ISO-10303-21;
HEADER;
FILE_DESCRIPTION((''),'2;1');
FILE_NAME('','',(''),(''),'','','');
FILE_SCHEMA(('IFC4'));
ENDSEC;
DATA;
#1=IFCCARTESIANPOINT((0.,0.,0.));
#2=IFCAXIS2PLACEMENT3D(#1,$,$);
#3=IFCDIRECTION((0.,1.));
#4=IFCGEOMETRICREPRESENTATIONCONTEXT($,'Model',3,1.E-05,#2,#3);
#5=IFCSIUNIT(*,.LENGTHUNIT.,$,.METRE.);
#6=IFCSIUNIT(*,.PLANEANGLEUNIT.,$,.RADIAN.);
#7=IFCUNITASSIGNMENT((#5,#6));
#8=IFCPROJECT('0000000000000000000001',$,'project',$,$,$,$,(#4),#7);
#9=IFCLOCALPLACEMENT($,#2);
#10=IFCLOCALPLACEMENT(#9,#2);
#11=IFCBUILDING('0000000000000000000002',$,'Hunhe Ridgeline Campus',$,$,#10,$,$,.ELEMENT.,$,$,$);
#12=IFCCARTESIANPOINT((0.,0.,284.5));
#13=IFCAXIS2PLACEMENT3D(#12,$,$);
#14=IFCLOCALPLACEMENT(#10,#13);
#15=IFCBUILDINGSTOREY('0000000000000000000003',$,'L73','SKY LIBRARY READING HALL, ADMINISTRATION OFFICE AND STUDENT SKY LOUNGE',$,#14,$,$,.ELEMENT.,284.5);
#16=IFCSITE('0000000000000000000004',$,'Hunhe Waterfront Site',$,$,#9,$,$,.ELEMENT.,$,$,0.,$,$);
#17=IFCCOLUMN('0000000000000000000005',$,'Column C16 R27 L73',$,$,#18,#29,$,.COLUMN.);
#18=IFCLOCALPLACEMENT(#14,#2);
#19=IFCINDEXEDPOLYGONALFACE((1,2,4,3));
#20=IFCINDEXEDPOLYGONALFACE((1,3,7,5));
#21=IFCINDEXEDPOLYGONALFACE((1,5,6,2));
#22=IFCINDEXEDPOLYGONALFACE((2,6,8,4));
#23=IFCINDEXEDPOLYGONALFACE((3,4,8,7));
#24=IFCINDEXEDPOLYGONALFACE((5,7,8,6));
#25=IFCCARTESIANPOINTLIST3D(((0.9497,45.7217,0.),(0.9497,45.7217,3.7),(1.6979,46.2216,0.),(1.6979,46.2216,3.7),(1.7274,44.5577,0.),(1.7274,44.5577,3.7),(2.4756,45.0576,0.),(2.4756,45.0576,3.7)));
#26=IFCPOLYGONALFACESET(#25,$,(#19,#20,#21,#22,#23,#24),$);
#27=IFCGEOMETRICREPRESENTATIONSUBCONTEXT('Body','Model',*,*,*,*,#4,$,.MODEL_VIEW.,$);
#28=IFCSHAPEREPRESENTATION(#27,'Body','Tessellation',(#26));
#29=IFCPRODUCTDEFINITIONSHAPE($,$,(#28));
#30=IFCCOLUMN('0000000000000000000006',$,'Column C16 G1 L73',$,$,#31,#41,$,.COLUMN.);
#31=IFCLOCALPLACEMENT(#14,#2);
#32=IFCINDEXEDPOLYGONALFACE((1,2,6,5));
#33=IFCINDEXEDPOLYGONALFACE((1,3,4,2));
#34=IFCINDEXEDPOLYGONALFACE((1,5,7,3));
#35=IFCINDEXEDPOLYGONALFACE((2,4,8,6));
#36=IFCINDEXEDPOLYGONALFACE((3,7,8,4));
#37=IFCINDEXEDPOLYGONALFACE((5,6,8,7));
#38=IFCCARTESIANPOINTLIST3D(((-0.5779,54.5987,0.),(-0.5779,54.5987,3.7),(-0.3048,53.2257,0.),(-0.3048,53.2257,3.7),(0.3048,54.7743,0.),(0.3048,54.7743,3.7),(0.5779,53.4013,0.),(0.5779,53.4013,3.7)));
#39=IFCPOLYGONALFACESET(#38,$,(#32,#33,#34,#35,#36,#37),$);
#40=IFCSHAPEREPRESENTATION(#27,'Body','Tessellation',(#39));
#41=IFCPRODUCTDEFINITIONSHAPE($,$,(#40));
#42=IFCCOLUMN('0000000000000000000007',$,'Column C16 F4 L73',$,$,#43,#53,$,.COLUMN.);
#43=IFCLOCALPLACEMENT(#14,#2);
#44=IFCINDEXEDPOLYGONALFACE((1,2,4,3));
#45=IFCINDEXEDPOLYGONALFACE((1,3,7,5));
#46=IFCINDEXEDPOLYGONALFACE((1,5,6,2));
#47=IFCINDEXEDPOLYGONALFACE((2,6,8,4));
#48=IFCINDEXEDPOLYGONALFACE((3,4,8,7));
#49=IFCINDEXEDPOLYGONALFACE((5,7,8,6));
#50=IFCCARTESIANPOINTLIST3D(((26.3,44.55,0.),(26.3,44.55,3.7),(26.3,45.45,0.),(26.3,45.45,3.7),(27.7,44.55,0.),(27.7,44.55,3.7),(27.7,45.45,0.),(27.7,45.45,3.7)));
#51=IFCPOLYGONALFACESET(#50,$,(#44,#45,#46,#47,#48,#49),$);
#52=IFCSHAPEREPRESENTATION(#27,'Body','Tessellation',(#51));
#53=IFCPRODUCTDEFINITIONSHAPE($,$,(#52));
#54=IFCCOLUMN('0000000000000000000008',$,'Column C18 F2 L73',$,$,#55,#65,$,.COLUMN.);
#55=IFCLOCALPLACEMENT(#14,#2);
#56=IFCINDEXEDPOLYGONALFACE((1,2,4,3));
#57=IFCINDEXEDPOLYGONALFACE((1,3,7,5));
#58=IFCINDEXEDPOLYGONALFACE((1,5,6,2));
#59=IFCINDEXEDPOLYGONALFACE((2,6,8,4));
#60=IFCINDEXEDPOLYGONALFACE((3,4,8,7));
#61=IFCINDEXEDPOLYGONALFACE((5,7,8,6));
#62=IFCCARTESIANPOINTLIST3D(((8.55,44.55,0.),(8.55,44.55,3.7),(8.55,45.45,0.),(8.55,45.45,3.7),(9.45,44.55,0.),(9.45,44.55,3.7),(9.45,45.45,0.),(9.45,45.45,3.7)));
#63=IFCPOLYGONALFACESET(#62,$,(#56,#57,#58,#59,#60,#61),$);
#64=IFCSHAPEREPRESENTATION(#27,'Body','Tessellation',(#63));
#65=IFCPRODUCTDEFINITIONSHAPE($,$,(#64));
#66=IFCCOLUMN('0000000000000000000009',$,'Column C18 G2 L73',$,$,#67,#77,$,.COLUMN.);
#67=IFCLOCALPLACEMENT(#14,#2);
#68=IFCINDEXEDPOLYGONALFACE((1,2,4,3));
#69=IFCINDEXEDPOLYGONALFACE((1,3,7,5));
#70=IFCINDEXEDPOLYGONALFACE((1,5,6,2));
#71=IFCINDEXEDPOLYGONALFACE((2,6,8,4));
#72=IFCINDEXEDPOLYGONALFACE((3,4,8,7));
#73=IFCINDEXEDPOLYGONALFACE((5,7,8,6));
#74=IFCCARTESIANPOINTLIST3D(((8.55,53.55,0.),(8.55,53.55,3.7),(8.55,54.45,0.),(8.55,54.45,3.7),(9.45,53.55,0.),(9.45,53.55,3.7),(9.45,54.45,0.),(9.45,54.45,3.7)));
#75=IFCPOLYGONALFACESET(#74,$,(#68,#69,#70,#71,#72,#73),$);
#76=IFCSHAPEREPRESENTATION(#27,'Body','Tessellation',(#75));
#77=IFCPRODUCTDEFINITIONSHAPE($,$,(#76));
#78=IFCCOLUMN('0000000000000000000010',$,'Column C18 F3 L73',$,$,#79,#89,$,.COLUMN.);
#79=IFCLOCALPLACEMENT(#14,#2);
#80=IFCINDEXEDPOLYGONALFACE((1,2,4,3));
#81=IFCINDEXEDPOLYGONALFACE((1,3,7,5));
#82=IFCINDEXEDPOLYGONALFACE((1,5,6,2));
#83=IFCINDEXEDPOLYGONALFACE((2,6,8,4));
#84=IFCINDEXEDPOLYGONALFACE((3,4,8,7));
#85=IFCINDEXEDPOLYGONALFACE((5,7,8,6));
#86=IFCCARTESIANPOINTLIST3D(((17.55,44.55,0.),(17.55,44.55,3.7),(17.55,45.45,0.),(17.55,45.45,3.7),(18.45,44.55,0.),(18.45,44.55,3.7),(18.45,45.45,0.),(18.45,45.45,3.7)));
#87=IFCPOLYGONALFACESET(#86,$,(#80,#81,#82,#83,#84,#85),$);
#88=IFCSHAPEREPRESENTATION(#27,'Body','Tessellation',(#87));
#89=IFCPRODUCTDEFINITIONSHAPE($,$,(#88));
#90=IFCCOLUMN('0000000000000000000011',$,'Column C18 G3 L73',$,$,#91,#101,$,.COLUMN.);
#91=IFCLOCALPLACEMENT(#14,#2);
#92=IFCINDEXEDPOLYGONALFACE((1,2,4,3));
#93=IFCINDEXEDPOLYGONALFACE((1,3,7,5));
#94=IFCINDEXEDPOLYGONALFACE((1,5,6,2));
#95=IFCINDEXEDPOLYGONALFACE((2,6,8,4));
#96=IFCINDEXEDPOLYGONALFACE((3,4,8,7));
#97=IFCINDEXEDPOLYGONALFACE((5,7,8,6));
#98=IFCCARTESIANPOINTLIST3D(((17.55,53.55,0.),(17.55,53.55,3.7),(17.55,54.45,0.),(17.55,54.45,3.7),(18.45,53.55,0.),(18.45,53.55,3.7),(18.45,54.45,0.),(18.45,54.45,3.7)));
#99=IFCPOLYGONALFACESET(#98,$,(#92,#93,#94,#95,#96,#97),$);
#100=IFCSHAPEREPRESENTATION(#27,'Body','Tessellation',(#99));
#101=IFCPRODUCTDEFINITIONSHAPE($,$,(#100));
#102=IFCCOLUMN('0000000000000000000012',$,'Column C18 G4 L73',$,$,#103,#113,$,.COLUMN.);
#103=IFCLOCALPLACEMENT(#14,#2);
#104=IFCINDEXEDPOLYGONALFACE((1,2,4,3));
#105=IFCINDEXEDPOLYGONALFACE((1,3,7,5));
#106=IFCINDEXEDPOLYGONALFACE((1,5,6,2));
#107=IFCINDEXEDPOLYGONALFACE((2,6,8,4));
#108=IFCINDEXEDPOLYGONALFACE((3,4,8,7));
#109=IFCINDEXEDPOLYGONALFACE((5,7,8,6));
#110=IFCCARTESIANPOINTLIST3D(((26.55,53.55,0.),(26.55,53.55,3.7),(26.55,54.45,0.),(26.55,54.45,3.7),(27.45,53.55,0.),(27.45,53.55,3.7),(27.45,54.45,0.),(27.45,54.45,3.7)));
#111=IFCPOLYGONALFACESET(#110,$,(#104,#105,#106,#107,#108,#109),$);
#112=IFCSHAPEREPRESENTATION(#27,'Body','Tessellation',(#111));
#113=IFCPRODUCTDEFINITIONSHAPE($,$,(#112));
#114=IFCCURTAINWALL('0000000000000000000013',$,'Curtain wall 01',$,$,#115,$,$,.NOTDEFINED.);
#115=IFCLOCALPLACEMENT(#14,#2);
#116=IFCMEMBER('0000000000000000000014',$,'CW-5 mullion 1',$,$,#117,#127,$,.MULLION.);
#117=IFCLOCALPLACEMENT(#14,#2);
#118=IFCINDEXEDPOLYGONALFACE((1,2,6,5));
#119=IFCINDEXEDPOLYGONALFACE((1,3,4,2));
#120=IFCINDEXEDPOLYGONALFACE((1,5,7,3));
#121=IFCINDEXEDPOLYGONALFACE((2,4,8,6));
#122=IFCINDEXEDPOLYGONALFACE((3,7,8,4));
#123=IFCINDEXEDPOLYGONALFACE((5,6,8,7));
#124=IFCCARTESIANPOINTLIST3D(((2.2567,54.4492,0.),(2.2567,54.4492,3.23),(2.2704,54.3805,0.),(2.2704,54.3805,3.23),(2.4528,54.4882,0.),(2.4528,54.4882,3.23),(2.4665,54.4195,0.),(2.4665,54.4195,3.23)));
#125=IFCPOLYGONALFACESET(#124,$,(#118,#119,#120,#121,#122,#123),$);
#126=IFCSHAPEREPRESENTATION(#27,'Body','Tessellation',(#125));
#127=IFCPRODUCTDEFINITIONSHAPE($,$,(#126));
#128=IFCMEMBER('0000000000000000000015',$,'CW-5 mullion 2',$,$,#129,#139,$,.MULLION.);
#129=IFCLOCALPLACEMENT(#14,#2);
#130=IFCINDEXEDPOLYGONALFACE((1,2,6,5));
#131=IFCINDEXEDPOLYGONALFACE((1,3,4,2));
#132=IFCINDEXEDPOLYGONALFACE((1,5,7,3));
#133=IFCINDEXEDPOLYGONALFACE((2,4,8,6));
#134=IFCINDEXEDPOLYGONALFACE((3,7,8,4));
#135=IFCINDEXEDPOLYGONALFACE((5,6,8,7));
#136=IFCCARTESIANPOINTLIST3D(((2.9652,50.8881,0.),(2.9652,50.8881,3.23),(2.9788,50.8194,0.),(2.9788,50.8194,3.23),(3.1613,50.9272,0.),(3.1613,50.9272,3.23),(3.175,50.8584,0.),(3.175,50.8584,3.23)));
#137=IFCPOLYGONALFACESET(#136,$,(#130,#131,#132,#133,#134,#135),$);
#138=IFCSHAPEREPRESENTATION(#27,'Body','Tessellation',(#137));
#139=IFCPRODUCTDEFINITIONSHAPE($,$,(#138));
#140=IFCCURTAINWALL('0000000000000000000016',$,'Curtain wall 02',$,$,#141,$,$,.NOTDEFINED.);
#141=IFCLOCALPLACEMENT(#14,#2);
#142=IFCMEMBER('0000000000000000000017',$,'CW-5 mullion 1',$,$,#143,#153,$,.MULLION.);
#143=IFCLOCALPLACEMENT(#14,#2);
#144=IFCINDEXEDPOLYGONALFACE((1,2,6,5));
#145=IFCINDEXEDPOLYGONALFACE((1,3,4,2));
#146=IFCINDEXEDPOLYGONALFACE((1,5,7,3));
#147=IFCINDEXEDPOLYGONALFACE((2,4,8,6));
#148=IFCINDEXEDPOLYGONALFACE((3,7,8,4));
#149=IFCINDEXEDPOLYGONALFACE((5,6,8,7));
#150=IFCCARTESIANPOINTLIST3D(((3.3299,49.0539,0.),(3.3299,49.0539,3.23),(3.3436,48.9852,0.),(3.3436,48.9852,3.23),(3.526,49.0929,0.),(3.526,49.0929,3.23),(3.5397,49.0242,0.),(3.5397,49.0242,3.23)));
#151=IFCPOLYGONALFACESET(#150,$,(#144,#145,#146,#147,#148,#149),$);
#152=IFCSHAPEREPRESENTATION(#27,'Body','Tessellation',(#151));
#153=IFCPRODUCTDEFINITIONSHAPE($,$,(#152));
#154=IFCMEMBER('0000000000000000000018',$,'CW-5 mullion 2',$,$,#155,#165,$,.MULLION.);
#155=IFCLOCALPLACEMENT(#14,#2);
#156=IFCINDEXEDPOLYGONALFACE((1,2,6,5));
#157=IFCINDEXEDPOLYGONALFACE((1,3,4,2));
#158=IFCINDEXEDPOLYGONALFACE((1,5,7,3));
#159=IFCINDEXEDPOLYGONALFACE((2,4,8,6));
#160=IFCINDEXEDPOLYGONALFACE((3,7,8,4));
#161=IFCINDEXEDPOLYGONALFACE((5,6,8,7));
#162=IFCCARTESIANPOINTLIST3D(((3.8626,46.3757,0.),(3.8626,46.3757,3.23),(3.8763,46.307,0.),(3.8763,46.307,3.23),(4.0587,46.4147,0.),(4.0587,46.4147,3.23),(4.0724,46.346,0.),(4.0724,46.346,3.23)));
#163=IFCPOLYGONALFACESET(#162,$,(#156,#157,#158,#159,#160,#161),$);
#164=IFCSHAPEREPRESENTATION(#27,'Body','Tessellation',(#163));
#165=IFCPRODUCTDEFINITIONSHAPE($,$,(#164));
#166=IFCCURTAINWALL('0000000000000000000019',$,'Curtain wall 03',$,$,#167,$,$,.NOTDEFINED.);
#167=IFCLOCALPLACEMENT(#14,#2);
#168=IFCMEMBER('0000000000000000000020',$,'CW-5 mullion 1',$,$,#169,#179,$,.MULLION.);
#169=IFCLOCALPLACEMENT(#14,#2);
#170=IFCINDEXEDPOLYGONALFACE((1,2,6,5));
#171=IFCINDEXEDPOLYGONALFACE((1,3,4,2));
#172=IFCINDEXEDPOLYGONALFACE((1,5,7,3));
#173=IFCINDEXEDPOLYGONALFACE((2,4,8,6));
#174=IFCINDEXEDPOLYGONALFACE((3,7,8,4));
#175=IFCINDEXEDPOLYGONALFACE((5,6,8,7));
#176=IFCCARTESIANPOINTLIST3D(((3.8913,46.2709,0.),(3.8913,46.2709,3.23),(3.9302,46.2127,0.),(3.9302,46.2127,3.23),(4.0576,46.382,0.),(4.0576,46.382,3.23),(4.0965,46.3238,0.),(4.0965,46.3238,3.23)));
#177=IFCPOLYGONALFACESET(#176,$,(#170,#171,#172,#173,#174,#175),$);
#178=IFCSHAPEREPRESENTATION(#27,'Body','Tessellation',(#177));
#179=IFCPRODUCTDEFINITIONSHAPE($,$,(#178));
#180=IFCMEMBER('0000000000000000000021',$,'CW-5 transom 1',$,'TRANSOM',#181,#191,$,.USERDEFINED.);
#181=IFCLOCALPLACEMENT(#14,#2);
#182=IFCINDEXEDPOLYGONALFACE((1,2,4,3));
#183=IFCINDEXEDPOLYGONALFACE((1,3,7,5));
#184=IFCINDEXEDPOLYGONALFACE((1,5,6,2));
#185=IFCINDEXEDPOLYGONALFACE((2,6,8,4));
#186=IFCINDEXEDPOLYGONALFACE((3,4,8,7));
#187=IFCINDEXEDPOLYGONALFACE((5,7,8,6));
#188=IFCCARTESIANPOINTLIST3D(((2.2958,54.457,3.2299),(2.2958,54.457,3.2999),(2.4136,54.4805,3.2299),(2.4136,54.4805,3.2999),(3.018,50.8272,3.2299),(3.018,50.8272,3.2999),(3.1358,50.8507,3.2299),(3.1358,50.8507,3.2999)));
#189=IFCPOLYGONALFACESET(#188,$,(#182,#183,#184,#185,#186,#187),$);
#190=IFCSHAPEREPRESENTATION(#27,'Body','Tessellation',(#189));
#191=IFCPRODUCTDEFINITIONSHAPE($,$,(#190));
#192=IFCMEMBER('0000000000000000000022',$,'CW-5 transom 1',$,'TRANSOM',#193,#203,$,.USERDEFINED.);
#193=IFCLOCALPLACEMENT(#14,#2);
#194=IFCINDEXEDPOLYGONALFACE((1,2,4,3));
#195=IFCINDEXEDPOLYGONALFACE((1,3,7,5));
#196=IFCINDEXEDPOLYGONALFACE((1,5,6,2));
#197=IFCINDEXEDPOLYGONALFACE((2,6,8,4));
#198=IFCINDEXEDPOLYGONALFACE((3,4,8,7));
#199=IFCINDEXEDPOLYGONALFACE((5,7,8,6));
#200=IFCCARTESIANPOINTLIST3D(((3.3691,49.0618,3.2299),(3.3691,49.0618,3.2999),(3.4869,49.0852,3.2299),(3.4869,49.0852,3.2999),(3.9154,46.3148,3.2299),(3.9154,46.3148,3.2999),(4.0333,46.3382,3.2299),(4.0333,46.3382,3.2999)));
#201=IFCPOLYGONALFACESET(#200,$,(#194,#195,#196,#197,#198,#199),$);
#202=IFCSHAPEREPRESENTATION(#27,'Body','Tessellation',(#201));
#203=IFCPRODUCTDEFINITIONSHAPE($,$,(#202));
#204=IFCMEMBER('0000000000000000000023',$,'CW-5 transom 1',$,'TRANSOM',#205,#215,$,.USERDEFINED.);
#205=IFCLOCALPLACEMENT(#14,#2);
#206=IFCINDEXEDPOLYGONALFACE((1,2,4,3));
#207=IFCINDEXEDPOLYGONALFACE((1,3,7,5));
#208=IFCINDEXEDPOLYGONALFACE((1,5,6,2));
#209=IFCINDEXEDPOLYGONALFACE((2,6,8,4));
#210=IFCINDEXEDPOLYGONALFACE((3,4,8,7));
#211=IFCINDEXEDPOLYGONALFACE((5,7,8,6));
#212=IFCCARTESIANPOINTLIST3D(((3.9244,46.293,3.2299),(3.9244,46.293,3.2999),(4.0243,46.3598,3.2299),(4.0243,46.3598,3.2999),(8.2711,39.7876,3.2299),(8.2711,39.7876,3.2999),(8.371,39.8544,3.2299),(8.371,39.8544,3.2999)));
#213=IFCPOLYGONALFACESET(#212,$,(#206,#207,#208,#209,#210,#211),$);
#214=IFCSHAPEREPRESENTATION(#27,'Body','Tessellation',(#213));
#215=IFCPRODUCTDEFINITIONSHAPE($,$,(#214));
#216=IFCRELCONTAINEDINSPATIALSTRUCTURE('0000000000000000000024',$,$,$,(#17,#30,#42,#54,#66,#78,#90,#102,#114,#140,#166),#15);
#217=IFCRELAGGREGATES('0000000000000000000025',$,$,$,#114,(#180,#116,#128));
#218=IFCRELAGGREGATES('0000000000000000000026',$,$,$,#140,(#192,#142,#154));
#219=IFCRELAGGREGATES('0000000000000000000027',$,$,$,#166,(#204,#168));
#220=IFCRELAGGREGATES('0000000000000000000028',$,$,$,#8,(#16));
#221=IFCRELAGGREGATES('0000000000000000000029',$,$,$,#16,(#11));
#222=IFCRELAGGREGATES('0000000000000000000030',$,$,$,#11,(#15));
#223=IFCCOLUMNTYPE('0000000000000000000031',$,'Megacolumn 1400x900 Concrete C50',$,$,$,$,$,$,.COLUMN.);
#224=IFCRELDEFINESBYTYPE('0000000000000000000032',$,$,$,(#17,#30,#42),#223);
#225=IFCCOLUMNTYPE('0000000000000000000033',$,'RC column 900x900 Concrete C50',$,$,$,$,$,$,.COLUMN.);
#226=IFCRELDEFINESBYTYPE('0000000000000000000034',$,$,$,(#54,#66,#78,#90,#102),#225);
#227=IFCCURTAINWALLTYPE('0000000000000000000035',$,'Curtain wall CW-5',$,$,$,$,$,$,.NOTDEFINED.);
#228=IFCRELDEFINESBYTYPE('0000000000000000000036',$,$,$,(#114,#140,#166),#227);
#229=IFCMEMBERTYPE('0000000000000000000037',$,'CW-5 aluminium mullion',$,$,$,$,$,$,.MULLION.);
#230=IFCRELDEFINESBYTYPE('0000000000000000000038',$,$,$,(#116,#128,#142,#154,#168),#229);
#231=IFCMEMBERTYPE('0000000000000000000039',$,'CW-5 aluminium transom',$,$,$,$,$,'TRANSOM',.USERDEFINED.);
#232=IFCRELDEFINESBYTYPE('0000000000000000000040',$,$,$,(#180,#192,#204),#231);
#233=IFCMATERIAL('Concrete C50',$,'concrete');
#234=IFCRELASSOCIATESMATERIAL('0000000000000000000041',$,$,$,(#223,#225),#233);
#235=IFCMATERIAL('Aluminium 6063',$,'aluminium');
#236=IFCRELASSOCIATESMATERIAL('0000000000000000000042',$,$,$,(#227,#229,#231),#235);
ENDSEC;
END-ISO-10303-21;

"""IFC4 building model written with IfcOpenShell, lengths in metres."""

from ifc_helpers import new_model, si_unit, direction, frame, origin, origin_2d, place, context, subcontext, project, spatial, rectangle, extrude, material, material_profile, profile_set, type_object, element, aggregate, save


model = new_model("IFC4")

# Units and contexts
model_context = context("Model", 3, precision=1e-05, world=origin(), true_north=direction((0.0, 1.0)))
body_context = subcontext(model_context, "Body", "Model", "MODEL_VIEW")
ifc_project = project(units=[si_unit("LENGTHUNIT", "METRE"), si_unit("PLANEANGLEUNIT", "RADIAN")], contexts=[model_context])

# Site, building, storey
site_placement = place(None, origin())
site = spatial("IfcSite", under=ifc_project, at=site_placement, Name="Hunhe Waterfront Site", CompositionType="ELEMENT", RefElevation=0.0)
building_placement = place(site_placement, origin())
building = spatial("IfcBuilding", under=site, at=building_placement, Name="Hunhe Ridgeline Campus", CompositionType="ELEMENT")
storey_placement = place(building_placement, frame((0.0, 0.0, 284.5)))
storey = spatial("IfcBuildingStorey", under=building, at=storey_placement, Name="L73", Description="SKY LIBRARY READING HALL, ADMINISTRATION OFFICE AND STUDENT SKY LOUNGE", CompositionType="ELEMENT", Elevation=284.5)

# Columns
ifc_material_1 = material(Name="Concrete C50", Category="concrete")
ifc_material_profile_1 = material_profile(ifc_material_1, rectangle(XDim=1.3999, YDim=0.8999, at=origin_2d()))
ifc_profile_set_1 = profile_set([ifc_material_profile_1], Name="Concrete C50")
column_type_1 = type_object("IfcColumnType", Name="Megacolumn 1400x900 Concrete C50", PredefinedType="COLUMN", material=ifc_profile_set_1)
for number, where, z_axis, x_axis, name in (
    (1, (1.7126, 45.3896, 0.0), (0.0, 0.0, 1.0), (-0.55557, 0.83147, 0.0), "Column C16 R27 L73"),
    (2, (0.0, 54.0, 0.0), (0.0, 0.0, 1.0), (-0.19509, 0.980785, 0.0), "Column C16 G1 L73"),
    (3, (27.0, 45.0, 0.0), (0.0, 0.0, 1.0), (1.0, 0.0, 0.0), "Column C16 F4 L73"),
):
    element("IfcColumn", number, at=place(storey_placement, frame(where, z_axis=z_axis, x_axis=x_axis)), inside=storey, type_object=column_type_1, Name=name, PredefinedType="COLUMN", context=body_context, shape_type="SweptSolid", body=[
        extrude(rectangle(XDim=1.3999, YDim=0.8999, at=origin_2d()), origin(), (0.0, 0.0, 1.0), 3.7),
    ])
ifc_material_profile_2 = material_profile(ifc_material_1, rectangle(XDim=0.8999, YDim=0.8999, at=origin_2d()))
ifc_profile_set_2 = profile_set([ifc_material_profile_2], Name="Concrete C50")
column_type_2 = type_object("IfcColumnType", Name="RC column 900x900 Concrete C50", PredefinedType="COLUMN", material=ifc_profile_set_2)
for number, where, z_axis, x_axis, name in (
    (4, (9.0, 45.0, 0.0), (0.0, 0.0, 1.0), (1.0, 0.0, 0.0), "Column C18 F2 L73"),
    (5, (9.0, 54.0, 0.0), (0.0, 0.0, 1.0), (1.0, 0.0, 0.0), "Column C18 G2 L73"),
    (6, (18.0, 45.0, 0.0), (0.0, 0.0, 1.0), (1.0, 0.0, 0.0), "Column C18 F3 L73"),
    (7, (18.0, 54.0, 0.0), (0.0, 0.0, 1.0), (1.0, 0.0, 0.0), "Column C18 G3 L73"),
    (8, (27.0, 54.0, 0.0), (0.0, 0.0, 1.0), (1.0, 0.0, 0.0), "Column C18 G4 L73"),
):
    element("IfcColumn", number, at=place(storey_placement, frame(where, z_axis=z_axis, x_axis=x_axis)), inside=storey, type_object=column_type_2, Name=name, PredefinedType="COLUMN", context=body_context, shape_type="SweptSolid", body=[
        extrude(rectangle(XDim=0.8999, YDim=0.8999, at=origin_2d()), origin(), (0.0, 0.0, 1.0), 3.7),
    ])

# Curtain walls, members
ifc_material_2 = material(Name="Aluminium 6063", Category="aluminium")
curtain_wall_type = type_object("IfcCurtainWallType", Name="Curtain wall CW-5", PredefinedType="NOTDEFINED", material=ifc_material_2)
curtain_wall_1_placement = place(storey_placement, origin())
curtain_wall_1 = element("IfcCurtainWall", 9, at=curtain_wall_1_placement, inside=storey, type_object=curtain_wall_type, Name="Curtain wall 01", PredefinedType="NOTDEFINED")
ifc_material_profile_3 = material_profile(ifc_material_2, rectangle(XDim=0.2, YDim=0.0701, at=origin_2d()))
ifc_profile_set_3 = profile_set([ifc_material_profile_3], Name="Aluminium 6063")
member_type_1 = type_object("IfcMemberType", Name="CW-5 aluminium mullion", PredefinedType="MULLION", material=ifc_profile_set_3)
member_1_placement = place(storey_placement, frame((2.3616, 54.4343, 0.0), z_axis=(0.0, 0.0, 1.0), x_axis=(0.980784, 0.195095, 0.0)))
member_1 = element("IfcMember", 10, at=member_1_placement, type_object=member_type_1, Name="CW-5 mullion 1", PredefinedType="MULLION", context=body_context, shape_type="SweptSolid", body=[
    extrude(rectangle(XDim=0.2, YDim=0.0701, at=origin_2d()), origin(), (0.0, 0.0, 1.0), 3.23),
])
member_2_placement = place(storey_placement, frame((3.0701, 50.8733, 0.0), z_axis=(0.0, 0.0, 1.0), x_axis=(0.980784, 0.195095, 0.0)))
member_2 = element("IfcMember", 11, at=member_2_placement, type_object=member_type_1, Name="CW-5 mullion 2", PredefinedType="MULLION", context=body_context, shape_type="SweptSolid", body=[
    extrude(rectangle(XDim=0.2, YDim=0.0701, at=origin_2d()), origin(), (0.0, 0.0, 1.0), 3.23),
])
curtain_wall_2_placement = place(storey_placement, origin())
curtain_wall_2 = element("IfcCurtainWall", 12, at=curtain_wall_2_placement, inside=storey, type_object=curtain_wall_type, Name="Curtain wall 02", PredefinedType="NOTDEFINED")
member_3_placement = place(storey_placement, frame((3.4348, 49.0391, 0.0), z_axis=(0.0, 0.0, 1.0), x_axis=(0.980784, 0.195095, 0.0)))
member_3 = element("IfcMember", 13, at=member_3_placement, type_object=member_type_1, Name="CW-5 mullion 1", PredefinedType="MULLION", context=body_context, shape_type="SweptSolid", body=[
    extrude(rectangle(XDim=0.2, YDim=0.0701, at=origin_2d()), origin(), (0.0, 0.0, 1.0), 3.23),
])
member_4_placement = place(storey_placement, frame((3.9675, 46.3608, 0.0), z_axis=(0.0, 0.0, 1.0), x_axis=(0.980784, 0.195095, 0.0)))
member_4 = element("IfcMember", 14, at=member_4_placement, type_object=member_type_1, Name="CW-5 mullion 2", PredefinedType="MULLION", context=body_context, shape_type="SweptSolid", body=[
    extrude(rectangle(XDim=0.2, YDim=0.0701, at=origin_2d()), origin(), (0.0, 0.0, 1.0), 3.23),
])

# Curtain wall, member
curtain_wall_3_placement = place(storey_placement, origin())
curtain_wall_3 = element("IfcCurtainWall", 15, at=curtain_wall_3_placement, inside=storey, type_object=curtain_wall_type, Name="Curtain wall 03", PredefinedType="NOTDEFINED")
member_5_placement = place(storey_placement, frame((3.9939, 46.2974, 0.0), z_axis=(0.0, 0.0, 1.0), x_axis=(0.83147, 0.55557, 0.0)))
member_5 = element("IfcMember", 16, at=member_5_placement, type_object=member_type_1, Name="CW-5 mullion 1", PredefinedType="MULLION", context=body_context, shape_type="SweptSolid", body=[
    extrude(rectangle(XDim=0.2, YDim=0.0701, at=origin_2d()), origin(), (0.0, 0.0, 1.0), 3.23),
])

# Members
ifc_material_profile_4 = material_profile(ifc_material_2, rectangle(XDim=0.1201, YDim=0.0701, at=origin_2d()))
ifc_profile_set_4 = profile_set([ifc_material_profile_4], Name="Aluminium 6063")
member_type_2 = type_object("IfcMemberType", Name="CW-5 aluminium transom", ElementType="TRANSOM", PredefinedType="USERDEFINED", material=ifc_profile_set_4)
member_6_placement = place(storey_placement, frame((2.3547, 54.4688, 3.2649), z_axis=(0.195127, -0.980778, 0.0), x_axis=(0.980778, 0.195127, 0.0)))
member_6 = element("IfcMember", 17, at=member_6_placement, type_object=member_type_2, Name="CW-5 transom 1", ObjectType="TRANSOM", PredefinedType="USERDEFINED", context=body_context, shape_type="SweptSolid", body=[
    extrude(rectangle(XDim=0.1201, YDim=0.0701, at=origin_2d()), origin(), (0.0, 0.0, 1.0), 3.7009),
])
member_7_placement = place(storey_placement, frame((3.428, 49.0735, 3.2649), z_axis=(0.195077, -0.980788, 0.0), x_axis=(0.980788, 0.195077, 0.0)))
member_7 = element("IfcMember", 18, at=member_7_placement, type_object=member_type_2, Name="CW-5 transom 1", ObjectType="TRANSOM", PredefinedType="USERDEFINED", context=body_context, shape_type="SweptSolid", body=[
    extrude(rectangle(XDim=0.1201, YDim=0.0701, at=origin_2d()), origin(), (0.0, 0.0, 1.0), 2.8008),
])
member_8_placement = place(storey_placement, frame((3.9744, 46.3264, 3.2649), z_axis=(0.555564, -0.831474, 0.0), x_axis=(0.831474, 0.555564, 0.0)))
member_8 = element("IfcMember", 19, at=member_8_placement, type_object=member_type_2, Name="CW-5 transom 1", ObjectType="TRANSOM", PredefinedType="USERDEFINED", context=body_context, shape_type="SweptSolid", body=[
    extrude(rectangle(XDim=0.1201, YDim=0.0701, at=origin_2d()), origin(), (0.0, 0.0, 1.0), 7.824),
])

aggregate(curtain_wall_1, [member_6, member_1, member_2])
aggregate(curtain_wall_2, [member_7, member_3, member_4])
aggregate(curtain_wall_3, [member_8, member_5])

save(model, "model.ifc")
